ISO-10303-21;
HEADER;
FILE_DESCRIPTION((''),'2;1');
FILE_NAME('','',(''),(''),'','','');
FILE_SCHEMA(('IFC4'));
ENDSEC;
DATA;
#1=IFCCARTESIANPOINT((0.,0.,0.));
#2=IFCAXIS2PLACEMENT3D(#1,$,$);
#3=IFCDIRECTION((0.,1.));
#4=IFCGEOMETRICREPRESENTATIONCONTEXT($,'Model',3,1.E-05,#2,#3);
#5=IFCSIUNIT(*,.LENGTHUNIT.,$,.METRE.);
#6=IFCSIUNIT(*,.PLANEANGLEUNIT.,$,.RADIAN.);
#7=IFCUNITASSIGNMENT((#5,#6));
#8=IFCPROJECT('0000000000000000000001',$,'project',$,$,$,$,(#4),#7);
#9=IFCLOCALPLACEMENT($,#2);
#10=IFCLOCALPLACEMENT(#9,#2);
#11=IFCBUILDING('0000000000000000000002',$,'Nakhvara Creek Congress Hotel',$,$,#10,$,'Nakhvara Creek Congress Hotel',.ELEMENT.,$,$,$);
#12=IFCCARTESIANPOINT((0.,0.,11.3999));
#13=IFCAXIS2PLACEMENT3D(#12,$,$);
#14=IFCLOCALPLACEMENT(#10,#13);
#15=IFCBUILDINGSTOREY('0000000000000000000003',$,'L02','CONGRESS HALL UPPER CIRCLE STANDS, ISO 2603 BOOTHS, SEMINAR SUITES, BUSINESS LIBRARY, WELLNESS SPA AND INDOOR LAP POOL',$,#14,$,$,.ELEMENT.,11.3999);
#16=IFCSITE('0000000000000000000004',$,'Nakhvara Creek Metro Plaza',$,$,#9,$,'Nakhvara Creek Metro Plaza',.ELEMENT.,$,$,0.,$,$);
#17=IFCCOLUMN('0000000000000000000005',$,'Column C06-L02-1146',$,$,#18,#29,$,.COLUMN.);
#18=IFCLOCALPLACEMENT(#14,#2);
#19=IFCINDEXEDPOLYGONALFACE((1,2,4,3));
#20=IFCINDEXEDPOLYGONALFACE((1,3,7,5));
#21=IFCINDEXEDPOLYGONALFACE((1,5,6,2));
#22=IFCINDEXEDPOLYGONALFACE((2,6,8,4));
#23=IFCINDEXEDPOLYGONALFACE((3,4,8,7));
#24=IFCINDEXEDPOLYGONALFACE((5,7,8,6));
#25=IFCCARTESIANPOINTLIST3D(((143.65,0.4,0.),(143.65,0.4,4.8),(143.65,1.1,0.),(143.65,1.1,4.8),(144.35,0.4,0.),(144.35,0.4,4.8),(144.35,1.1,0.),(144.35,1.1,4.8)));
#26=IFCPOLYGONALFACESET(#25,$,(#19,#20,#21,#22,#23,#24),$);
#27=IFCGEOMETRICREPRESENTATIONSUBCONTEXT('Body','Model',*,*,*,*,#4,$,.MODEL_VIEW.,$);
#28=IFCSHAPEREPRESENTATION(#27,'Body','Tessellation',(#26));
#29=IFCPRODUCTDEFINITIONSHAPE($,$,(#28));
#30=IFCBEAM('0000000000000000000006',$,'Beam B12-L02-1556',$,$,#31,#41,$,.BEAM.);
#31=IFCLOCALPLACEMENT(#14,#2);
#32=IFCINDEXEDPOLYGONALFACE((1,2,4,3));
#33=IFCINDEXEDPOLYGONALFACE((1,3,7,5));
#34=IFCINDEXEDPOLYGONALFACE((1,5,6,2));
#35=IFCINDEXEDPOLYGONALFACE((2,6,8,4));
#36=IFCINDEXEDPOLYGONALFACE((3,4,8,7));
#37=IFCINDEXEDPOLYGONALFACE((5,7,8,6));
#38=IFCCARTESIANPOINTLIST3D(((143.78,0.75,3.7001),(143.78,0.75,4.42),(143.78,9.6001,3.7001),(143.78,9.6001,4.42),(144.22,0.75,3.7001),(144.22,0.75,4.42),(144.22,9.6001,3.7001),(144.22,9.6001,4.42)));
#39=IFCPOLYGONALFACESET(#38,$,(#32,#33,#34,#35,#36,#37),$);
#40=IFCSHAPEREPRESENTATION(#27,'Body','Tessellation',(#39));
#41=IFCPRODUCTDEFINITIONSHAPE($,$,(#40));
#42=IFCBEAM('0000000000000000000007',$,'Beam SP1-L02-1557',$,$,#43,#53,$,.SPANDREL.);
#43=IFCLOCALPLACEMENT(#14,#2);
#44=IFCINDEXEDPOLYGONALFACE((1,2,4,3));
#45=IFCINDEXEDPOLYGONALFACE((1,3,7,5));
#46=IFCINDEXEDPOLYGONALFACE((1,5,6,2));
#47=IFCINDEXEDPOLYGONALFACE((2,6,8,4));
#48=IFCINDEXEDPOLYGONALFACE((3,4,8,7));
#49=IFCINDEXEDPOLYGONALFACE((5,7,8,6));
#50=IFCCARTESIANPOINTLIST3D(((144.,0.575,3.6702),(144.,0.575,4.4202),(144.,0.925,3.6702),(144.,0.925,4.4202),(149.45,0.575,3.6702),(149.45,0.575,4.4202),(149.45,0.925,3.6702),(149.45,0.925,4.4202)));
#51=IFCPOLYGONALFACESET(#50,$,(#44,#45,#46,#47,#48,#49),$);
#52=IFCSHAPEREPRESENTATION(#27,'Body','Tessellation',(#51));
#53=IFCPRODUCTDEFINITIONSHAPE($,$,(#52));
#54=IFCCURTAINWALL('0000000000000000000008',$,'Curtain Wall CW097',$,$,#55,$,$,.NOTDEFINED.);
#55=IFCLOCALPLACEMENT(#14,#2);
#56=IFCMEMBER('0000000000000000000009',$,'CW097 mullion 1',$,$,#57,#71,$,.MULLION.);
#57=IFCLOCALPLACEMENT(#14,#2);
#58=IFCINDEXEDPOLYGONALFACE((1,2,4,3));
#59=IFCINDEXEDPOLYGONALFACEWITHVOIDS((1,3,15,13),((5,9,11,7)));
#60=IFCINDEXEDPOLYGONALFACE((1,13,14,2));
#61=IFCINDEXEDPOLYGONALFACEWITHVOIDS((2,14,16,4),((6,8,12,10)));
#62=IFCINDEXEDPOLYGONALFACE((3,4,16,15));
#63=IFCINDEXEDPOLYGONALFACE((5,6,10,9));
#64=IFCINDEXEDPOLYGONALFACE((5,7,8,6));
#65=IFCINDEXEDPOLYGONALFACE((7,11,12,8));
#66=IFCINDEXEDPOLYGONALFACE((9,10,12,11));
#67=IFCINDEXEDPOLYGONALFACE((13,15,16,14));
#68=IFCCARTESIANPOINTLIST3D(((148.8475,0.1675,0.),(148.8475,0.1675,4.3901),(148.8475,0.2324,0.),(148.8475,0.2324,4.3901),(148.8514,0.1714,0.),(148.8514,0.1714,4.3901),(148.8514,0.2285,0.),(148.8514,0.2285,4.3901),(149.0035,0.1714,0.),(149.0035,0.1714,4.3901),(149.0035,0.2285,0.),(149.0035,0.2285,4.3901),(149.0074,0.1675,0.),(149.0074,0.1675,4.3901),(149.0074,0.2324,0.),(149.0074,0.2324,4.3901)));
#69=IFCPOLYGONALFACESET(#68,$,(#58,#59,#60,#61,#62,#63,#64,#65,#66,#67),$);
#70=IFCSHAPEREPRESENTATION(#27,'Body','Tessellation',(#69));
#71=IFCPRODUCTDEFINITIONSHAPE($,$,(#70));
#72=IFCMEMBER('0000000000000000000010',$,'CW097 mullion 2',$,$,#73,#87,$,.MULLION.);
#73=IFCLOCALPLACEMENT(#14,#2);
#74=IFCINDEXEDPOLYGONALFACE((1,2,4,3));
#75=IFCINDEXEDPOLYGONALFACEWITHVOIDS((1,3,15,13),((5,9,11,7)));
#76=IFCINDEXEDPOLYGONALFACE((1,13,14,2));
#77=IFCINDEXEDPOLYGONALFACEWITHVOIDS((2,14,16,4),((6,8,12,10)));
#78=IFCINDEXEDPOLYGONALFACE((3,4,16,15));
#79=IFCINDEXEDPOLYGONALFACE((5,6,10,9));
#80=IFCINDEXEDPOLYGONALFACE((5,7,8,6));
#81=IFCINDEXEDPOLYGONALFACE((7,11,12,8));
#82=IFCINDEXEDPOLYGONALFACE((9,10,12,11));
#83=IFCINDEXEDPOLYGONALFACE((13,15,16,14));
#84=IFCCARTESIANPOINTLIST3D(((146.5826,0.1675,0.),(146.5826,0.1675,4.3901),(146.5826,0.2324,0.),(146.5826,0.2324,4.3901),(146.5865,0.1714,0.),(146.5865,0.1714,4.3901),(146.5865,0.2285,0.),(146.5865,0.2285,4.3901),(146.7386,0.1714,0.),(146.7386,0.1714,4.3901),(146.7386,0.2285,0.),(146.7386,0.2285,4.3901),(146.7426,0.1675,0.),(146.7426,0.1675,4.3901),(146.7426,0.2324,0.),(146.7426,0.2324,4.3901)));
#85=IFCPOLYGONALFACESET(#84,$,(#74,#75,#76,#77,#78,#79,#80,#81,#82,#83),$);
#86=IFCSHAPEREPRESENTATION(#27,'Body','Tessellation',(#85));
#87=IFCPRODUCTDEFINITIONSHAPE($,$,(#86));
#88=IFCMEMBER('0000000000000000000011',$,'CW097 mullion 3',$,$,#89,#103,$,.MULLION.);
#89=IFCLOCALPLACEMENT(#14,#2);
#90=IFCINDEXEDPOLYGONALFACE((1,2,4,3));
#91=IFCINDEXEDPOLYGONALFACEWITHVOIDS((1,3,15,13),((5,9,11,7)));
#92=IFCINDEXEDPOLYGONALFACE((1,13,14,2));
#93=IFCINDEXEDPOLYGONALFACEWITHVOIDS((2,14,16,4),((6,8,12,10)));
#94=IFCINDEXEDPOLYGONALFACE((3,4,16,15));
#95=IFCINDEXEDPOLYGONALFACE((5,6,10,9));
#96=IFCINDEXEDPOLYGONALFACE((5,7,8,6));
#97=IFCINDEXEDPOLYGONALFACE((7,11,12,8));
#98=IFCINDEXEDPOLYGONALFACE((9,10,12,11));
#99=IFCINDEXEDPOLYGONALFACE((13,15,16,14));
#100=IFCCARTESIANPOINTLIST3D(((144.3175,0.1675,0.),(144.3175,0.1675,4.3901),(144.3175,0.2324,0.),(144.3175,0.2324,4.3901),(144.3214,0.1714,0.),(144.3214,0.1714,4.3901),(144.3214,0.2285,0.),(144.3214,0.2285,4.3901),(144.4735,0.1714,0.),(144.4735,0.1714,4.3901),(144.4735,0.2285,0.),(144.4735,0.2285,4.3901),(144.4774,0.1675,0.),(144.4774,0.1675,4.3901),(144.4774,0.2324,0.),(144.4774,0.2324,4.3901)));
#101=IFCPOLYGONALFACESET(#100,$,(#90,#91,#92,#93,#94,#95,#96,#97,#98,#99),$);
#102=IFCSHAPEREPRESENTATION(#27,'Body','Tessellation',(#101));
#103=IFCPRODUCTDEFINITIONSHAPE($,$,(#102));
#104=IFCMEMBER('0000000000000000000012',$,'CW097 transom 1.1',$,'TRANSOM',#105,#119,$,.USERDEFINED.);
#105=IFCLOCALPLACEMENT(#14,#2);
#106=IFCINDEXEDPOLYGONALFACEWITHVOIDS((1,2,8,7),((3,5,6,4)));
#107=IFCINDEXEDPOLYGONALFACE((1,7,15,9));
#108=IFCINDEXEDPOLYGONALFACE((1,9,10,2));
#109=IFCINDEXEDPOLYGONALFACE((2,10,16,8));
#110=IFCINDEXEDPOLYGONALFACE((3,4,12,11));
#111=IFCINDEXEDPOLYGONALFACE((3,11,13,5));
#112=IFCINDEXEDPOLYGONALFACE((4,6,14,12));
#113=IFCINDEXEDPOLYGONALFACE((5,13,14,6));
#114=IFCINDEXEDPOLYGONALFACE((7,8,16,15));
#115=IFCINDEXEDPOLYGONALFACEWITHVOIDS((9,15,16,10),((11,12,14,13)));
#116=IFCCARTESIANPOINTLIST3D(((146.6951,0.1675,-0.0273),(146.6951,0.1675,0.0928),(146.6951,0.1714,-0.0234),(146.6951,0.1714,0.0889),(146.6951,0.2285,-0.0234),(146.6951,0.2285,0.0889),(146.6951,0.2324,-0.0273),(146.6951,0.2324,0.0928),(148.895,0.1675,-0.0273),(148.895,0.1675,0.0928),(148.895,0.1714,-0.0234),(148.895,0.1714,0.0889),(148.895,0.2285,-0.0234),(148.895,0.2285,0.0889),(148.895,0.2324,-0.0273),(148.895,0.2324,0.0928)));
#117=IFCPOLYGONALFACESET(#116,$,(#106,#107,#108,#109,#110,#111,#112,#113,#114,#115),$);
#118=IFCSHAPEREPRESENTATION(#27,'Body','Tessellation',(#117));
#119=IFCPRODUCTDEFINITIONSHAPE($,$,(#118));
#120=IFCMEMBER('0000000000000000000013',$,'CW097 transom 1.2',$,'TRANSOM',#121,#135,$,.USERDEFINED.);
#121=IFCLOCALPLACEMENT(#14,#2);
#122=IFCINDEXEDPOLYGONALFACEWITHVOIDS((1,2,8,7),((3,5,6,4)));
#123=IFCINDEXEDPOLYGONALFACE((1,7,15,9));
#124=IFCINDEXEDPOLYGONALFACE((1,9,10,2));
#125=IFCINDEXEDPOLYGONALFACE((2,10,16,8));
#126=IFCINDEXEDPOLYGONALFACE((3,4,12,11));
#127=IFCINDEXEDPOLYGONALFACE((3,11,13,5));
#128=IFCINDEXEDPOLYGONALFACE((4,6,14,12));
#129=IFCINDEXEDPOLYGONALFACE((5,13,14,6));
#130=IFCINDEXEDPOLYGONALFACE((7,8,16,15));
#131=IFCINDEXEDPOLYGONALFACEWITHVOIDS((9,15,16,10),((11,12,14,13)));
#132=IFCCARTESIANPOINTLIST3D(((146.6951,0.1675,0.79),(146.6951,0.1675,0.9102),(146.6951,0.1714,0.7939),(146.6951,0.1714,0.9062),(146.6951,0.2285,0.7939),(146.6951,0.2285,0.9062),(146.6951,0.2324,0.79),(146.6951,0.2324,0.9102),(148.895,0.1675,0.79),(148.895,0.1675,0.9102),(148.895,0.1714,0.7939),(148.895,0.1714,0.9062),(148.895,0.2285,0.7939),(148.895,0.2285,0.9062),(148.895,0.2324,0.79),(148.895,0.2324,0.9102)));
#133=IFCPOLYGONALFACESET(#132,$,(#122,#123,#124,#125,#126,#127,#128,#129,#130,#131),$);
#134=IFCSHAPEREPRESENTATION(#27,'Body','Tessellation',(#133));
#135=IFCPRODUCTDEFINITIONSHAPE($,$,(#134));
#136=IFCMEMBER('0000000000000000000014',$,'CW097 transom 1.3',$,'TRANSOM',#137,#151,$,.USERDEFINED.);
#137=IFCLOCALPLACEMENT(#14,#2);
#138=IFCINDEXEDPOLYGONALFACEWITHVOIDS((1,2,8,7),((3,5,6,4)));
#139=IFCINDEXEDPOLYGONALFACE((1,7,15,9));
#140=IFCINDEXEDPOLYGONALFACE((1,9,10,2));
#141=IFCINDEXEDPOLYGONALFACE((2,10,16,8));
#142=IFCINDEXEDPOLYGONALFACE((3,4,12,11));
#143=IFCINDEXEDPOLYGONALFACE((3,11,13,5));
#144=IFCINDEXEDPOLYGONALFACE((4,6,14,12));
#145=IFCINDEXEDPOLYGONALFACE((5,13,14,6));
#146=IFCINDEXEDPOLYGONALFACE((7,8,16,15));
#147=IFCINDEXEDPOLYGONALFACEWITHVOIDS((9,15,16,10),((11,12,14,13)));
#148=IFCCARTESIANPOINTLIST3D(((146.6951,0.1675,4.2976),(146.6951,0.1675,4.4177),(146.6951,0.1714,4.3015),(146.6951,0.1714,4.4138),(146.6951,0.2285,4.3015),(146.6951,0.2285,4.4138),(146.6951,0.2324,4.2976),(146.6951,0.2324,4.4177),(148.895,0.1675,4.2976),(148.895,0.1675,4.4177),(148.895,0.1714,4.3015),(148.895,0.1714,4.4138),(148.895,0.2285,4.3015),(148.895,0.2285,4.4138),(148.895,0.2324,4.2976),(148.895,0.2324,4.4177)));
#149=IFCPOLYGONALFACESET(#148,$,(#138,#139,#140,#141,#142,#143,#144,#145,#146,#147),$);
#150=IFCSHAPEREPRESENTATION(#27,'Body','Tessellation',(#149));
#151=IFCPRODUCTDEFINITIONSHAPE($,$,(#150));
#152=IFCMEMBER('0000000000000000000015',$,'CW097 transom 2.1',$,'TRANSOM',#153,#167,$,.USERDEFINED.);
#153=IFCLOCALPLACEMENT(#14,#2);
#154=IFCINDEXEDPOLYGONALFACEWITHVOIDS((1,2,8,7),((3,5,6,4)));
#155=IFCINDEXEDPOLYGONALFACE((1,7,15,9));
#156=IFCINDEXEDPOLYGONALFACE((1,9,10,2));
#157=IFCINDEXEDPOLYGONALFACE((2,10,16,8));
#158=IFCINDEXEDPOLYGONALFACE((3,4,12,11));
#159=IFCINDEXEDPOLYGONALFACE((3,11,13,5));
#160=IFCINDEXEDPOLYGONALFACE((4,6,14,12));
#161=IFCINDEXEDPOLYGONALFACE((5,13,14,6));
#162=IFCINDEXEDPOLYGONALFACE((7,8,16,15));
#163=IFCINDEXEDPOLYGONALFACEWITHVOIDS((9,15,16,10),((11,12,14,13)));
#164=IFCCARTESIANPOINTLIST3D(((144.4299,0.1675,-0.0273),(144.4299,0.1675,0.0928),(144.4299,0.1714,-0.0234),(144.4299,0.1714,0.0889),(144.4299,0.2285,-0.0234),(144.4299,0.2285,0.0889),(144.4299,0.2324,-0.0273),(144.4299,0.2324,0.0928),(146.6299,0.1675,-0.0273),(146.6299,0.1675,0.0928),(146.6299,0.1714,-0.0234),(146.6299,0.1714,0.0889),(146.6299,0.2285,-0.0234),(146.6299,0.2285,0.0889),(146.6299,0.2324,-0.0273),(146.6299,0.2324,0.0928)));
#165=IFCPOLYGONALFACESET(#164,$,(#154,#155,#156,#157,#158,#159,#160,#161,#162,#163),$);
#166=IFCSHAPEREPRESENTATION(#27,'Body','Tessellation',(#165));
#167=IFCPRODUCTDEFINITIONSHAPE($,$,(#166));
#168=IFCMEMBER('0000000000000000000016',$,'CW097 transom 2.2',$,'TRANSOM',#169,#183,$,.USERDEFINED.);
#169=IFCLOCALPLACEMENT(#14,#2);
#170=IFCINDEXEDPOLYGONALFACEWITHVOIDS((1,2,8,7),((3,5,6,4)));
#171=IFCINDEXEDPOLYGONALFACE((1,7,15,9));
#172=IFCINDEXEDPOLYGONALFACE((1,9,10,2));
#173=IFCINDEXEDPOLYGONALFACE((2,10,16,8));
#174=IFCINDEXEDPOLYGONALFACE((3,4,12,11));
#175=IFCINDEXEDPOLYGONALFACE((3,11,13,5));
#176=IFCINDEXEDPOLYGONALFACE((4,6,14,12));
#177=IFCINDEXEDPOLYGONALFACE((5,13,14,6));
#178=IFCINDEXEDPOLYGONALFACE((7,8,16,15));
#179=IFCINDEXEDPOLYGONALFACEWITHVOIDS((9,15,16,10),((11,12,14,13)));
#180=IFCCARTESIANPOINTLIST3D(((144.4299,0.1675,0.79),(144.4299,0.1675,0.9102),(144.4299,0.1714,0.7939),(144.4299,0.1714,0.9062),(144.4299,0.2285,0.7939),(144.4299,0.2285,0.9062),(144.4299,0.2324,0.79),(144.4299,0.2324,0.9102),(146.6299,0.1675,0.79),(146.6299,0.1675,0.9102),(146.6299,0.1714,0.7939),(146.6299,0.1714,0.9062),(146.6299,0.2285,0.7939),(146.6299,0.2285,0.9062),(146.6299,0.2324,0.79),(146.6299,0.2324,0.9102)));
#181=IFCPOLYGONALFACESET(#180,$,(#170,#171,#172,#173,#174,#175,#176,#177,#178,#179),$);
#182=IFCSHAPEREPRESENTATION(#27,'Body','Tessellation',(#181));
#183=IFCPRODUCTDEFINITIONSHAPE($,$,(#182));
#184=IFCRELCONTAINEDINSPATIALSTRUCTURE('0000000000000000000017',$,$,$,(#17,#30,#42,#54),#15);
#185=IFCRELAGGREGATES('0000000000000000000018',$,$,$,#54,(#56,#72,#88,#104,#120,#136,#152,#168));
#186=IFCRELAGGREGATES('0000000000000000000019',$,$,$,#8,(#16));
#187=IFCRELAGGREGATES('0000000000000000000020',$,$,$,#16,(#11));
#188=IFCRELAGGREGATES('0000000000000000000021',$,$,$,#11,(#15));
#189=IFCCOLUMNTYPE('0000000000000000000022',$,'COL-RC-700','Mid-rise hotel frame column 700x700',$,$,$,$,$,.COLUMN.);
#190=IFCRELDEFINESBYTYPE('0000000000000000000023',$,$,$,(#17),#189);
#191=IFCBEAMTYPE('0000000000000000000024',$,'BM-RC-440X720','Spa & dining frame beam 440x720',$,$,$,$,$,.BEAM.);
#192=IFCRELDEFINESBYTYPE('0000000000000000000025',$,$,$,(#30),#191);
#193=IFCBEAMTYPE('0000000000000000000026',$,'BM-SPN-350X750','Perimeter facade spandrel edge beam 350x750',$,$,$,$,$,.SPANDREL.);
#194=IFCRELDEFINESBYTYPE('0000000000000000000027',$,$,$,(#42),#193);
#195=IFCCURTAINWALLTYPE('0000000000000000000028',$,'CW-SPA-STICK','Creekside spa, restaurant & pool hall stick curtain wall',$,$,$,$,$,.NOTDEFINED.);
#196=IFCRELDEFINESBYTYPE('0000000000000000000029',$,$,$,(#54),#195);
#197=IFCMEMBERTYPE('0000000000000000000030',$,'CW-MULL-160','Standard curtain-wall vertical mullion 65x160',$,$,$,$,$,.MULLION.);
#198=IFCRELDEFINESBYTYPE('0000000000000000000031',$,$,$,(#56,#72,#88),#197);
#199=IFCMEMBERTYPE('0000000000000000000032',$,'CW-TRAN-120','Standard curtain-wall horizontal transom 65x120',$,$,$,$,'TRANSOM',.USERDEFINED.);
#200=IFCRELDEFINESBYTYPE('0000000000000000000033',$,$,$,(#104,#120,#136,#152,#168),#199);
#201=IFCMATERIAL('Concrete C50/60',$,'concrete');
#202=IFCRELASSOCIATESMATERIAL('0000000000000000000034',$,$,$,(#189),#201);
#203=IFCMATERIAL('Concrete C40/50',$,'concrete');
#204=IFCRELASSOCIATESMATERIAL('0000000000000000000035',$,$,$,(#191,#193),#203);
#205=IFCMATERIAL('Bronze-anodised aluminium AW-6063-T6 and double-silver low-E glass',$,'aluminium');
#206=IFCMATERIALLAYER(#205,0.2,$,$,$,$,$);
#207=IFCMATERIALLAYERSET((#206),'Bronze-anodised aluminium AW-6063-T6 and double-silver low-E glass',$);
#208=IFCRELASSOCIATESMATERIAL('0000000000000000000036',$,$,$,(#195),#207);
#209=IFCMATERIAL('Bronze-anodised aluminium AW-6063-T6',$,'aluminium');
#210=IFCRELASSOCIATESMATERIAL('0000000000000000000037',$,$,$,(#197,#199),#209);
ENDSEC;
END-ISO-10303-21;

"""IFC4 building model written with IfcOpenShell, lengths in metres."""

from ifc_helpers import new_model, si_unit, direction, frame, origin, origin_2d, place, context, subcontext, project, spatial, rectangle, hollow_rectangle, extrude, material, layer, layer_set, material_profile, profile_set, type_object, element, aggregate, save


model = new_model("IFC4")

# Units and contexts
model_context = context("Model", 3, precision=1e-05, world=origin(), true_north=direction((0.0, 1.0)))
body_context = subcontext(model_context, "Body", "Model", "MODEL_VIEW")
ifc_project = project(units=[si_unit("LENGTHUNIT", "METRE"), si_unit("PLANEANGLEUNIT", "RADIAN")], contexts=[model_context])

# Site, building, storey
site_placement = place(None, origin())
site = spatial("IfcSite", under=ifc_project, at=site_placement, Name="Nakhvara Creek Metro Plaza", LongName="Nakhvara Creek Metro Plaza", CompositionType="ELEMENT", RefElevation=0.0)
building_placement = place(site_placement, origin())
building = spatial("IfcBuilding", under=site, at=building_placement, Name="Nakhvara Creek Congress Hotel", LongName="Nakhvara Creek Congress Hotel", CompositionType="ELEMENT")
storey_placement = place(building_placement, frame((0.0, 0.0, 11.3999)))
storey = spatial("IfcBuildingStorey", under=building, at=storey_placement, Name="L02", Description="CONGRESS HALL UPPER CIRCLE STANDS, ISO 2603 BOOTHS, SEMINAR SUITES, BUSINESS LIBRARY, WELLNESS SPA AND INDOOR LAP POOL", CompositionType="ELEMENT", Elevation=11.3999)

# Column
ifc_material_1 = material(Name="Concrete C50/60", Category="concrete")
ifc_material_profile_1 = material_profile(ifc_material_1, rectangle(XDim=0.7, YDim=0.7, at=origin_2d()), Name="RC-COL 700x700", Category="LoadBearing")
ifc_profile_set_1 = profile_set([ifc_material_profile_1], Name="Concrete C50/60")
column_type = type_object("IfcColumnType", Name="COL-RC-700", Description="Mid-rise hotel frame column 700x700", PredefinedType="COLUMN", material=ifc_profile_set_1)
column_placement = place(storey_placement, frame((144.0, 0.75, 0.0), z_axis=(0.0, 0.0, 1.0), x_axis=(1.0, 0.0, 0.0)))
element("IfcColumn", 1, at=column_placement, inside=storey, type_object=column_type, Name="Column C06-L02-1146", PredefinedType="COLUMN", context=body_context, shape_type="SweptSolid", body=[
    extrude(rectangle(XDim=0.7, YDim=0.7, at=origin_2d()), origin(), (0.0, 0.0, 1.0), 4.8),
])

# Beams
ifc_material_2 = material(Name="Concrete C40/50", Category="concrete")
ifc_material_profile_2 = material_profile(ifc_material_2, rectangle(XDim=0.4399, YDim=0.72, at=origin_2d()), Name="RC-BM 440x720", Category="LoadBearing")
ifc_profile_set_2 = profile_set([ifc_material_profile_2], Name="Concrete C40/50")
beam_type_1 = type_object("IfcBeamType", Name="BM-RC-440X720", Description="Spa & dining frame beam 440x720", PredefinedType="BEAM", material=ifc_profile_set_2)
beam_1_placement = place(storey_placement, frame((144.0, 0.75, 4.0601), z_axis=(0.0, 1.0, 0.0), x_axis=(-1.0, 0.0, 0.0)))
element("IfcBeam", 2, at=beam_1_placement, inside=storey, type_object=beam_type_1, Name="Beam B12-L02-1556", PredefinedType="BEAM", context=body_context, shape_type="SweptSolid", body=[
    extrude(rectangle(XDim=0.4399, YDim=0.72, at=origin_2d()), origin(), (0.0, 0.0, 1.0), 8.8501),
])
ifc_material_profile_3 = material_profile(ifc_material_2, rectangle(XDim=0.3501, YDim=0.75, at=origin_2d()), Name="RC-SPANDREL 350x750", Category="LoadBearing")
ifc_profile_set_3 = profile_set([ifc_material_profile_3], Name="Concrete C40/50")
beam_type_2 = type_object("IfcBeamType", Name="BM-SPN-350X750", Description="Perimeter facade spandrel edge beam 350x750", PredefinedType="SPANDREL", material=ifc_profile_set_3)
beam_2_placement = place(storey_placement, frame((144.0, 0.75, 4.0452), z_axis=(1.0, 0.0, 0.0), x_axis=(0.0, 1.0, 0.0)))
element("IfcBeam", 3, at=beam_2_placement, inside=storey, type_object=beam_type_2, Name="Beam SP1-L02-1557", PredefinedType="SPANDREL", context=body_context, shape_type="SweptSolid", body=[
    extrude(rectangle(XDim=0.3501, YDim=0.75, at=origin_2d()), origin(), (0.0, 0.0, 1.0), 5.45),
])

# Curtain wall, members
ifc_material_3 = material(Name="Bronze-anodised aluminium AW-6063-T6 and double-silver low-E glass", Category="aluminium")
ifc_layer_1 = layer(ifc_material_3, 0.2)
ifc_layer_set_1 = layer_set([ifc_layer_1], Name="Bronze-anodised aluminium AW-6063-T6 and double-silver low-E glass")
curtain_wall_type = type_object("IfcCurtainWallType", Name="CW-SPA-STICK", Description="Creekside spa, restaurant & pool hall stick curtain wall", PredefinedType="NOTDEFINED", material=ifc_layer_set_1)
curtain_wall_placement = place(storey_placement, origin())
curtain_wall = element("IfcCurtainWall", 4, at=curtain_wall_placement, inside=storey, type_object=curtain_wall_type, Name="Curtain Wall CW097", PredefinedType="NOTDEFINED")
ifc_material_4 = material(Name="Bronze-anodised aluminium AW-6063-T6", Category="aluminium")
ifc_material_profile_4 = material_profile(ifc_material_4, hollow_rectangle(XDim=0.0649, YDim=0.1599, WallThickness=0.0039, at=origin_2d()), Name="ALU-MULL 65x160x4", Category="LoadBearing")
ifc_profile_set_4 = profile_set([ifc_material_profile_4], Name="Bronze-anodised aluminium AW-6063-T6")
member_type_1 = type_object("IfcMemberType", Name="CW-MULL-160", Description="Standard curtain-wall vertical mullion 65x160", PredefinedType="MULLION", material=ifc_profile_set_4)
member_1_placement = place(storey_placement, frame((148.9275, 0.2, 0.0), z_axis=(0.0, 0.0, 1.0), x_axis=(0.0, -1.0, 0.0)))
member_1 = element("IfcMember", 5, at=member_1_placement, type_object=member_type_1, Name="CW097 mullion 1", PredefinedType="MULLION", context=body_context, shape_type="SweptSolid", body=[
    extrude(hollow_rectangle(XDim=0.0649, YDim=0.1599, WallThickness=0.0039, at=origin_2d()), origin(), (0.0, 0.0, 1.0), 4.3901),
])
member_2_placement = place(storey_placement, frame((146.6626, 0.2, 0.0), z_axis=(0.0, 0.0, 1.0), x_axis=(0.0, -1.0, 0.0)))
member_2 = element("IfcMember", 6, at=member_2_placement, type_object=member_type_1, Name="CW097 mullion 2", PredefinedType="MULLION", context=body_context, shape_type="SweptSolid", body=[
    extrude(hollow_rectangle(XDim=0.0649, YDim=0.1599, WallThickness=0.0039, at=origin_2d()), origin(), (0.0, 0.0, 1.0), 4.3901),
])
member_3_placement = place(storey_placement, frame((144.3975, 0.2, 0.0), z_axis=(0.0, 0.0, 1.0), x_axis=(0.0, -1.0, 0.0)))
member_3 = element("IfcMember", 7, at=member_3_placement, type_object=member_type_1, Name="CW097 mullion 3", PredefinedType="MULLION", context=body_context, shape_type="SweptSolid", body=[
    extrude(hollow_rectangle(XDim=0.0649, YDim=0.1599, WallThickness=0.0039, at=origin_2d()), origin(), (0.0, 0.0, 1.0), 4.3901),
])
ifc_material_profile_5 = material_profile(ifc_material_4, hollow_rectangle(XDim=0.0649, YDim=0.1201, WallThickness=0.0039, at=origin_2d()), Name="ALU-TRAN 65x120x4", Category="LoadBearing")
ifc_profile_set_5 = profile_set([ifc_material_profile_5], Name="Bronze-anodised aluminium AW-6063-T6")
member_type_2 = type_object("IfcMemberType", Name="CW-TRAN-120", Description="Standard curtain-wall horizontal transom 65x120", ElementType="TRANSOM", PredefinedType="USERDEFINED", material=ifc_profile_set_5)
member_4_placement = place(storey_placement, frame((148.895, 0.2, 0.0327), z_axis=(-1.0, 0.0, 0.0), x_axis=(0.0, -1.0, 0.0)))
member_4 = element("IfcMember", 8, at=member_4_placement, type_object=member_type_2, Name="CW097 transom 1.1", ObjectType="TRANSOM", PredefinedType="USERDEFINED", context=body_context, shape_type="SweptSolid", body=[
    extrude(hollow_rectangle(XDim=0.0649, YDim=0.1201, WallThickness=0.0039, at=origin_2d()), origin(), (0.0, 0.0, 1.0), 2.2),
])
member_5_placement = place(storey_placement, frame((148.895, 0.2, 0.8501), z_axis=(-1.0, 0.0, 0.0), x_axis=(0.0, -1.0, 0.0)))
member_5 = element("IfcMember", 9, at=member_5_placement, type_object=member_type_2, Name="CW097 transom 1.2", ObjectType="TRANSOM", PredefinedType="USERDEFINED", context=body_context, shape_type="SweptSolid", body=[
    extrude(hollow_rectangle(XDim=0.0649, YDim=0.1201, WallThickness=0.0039, at=origin_2d()), origin(), (0.0, 0.0, 1.0), 2.2),
])
member_6_placement = place(storey_placement, frame((148.895, 0.2, 4.3577), z_axis=(-1.0, 0.0, 0.0), x_axis=(0.0, -1.0, 0.0)))
member_6 = element("IfcMember", 10, at=member_6_placement, type_object=member_type_2, Name="CW097 transom 1.3", ObjectType="TRANSOM", PredefinedType="USERDEFINED", context=body_context, shape_type="SweptSolid", body=[
    extrude(hollow_rectangle(XDim=0.0649, YDim=0.1201, WallThickness=0.0039, at=origin_2d()), origin(), (0.0, 0.0, 1.0), 2.2),
])
member_7_placement = place(storey_placement, frame((146.6299, 0.2, 0.0327), z_axis=(-1.0, 0.0, 0.0), x_axis=(0.0, -1.0, 0.0)))
member_7 = element("IfcMember", 11, at=member_7_placement, type_object=member_type_2, Name="CW097 transom 2.1", ObjectType="TRANSOM", PredefinedType="USERDEFINED", context=body_context, shape_type="SweptSolid", body=[
    extrude(hollow_rectangle(XDim=0.0649, YDim=0.1201, WallThickness=0.0039, at=origin_2d()), origin(), (0.0, 0.0, 1.0), 2.2),
])
member_8_placement = place(storey_placement, frame((146.6299, 0.2, 0.8501), z_axis=(-1.0, 0.0, 0.0), x_axis=(0.0, -1.0, 0.0)))
member_8 = element("IfcMember", 12, at=member_8_placement, type_object=member_type_2, Name="CW097 transom 2.2", ObjectType="TRANSOM", PredefinedType="USERDEFINED", context=body_context, shape_type="SweptSolid", body=[
    extrude(hollow_rectangle(XDim=0.0649, YDim=0.1201, WallThickness=0.0039, at=origin_2d()), origin(), (0.0, 0.0, 1.0), 2.2),
])
aggregate(curtain_wall, [member_1, member_2, member_3, member_4, member_5, member_6, member_7, member_8])

save(model, "model.ifc")
